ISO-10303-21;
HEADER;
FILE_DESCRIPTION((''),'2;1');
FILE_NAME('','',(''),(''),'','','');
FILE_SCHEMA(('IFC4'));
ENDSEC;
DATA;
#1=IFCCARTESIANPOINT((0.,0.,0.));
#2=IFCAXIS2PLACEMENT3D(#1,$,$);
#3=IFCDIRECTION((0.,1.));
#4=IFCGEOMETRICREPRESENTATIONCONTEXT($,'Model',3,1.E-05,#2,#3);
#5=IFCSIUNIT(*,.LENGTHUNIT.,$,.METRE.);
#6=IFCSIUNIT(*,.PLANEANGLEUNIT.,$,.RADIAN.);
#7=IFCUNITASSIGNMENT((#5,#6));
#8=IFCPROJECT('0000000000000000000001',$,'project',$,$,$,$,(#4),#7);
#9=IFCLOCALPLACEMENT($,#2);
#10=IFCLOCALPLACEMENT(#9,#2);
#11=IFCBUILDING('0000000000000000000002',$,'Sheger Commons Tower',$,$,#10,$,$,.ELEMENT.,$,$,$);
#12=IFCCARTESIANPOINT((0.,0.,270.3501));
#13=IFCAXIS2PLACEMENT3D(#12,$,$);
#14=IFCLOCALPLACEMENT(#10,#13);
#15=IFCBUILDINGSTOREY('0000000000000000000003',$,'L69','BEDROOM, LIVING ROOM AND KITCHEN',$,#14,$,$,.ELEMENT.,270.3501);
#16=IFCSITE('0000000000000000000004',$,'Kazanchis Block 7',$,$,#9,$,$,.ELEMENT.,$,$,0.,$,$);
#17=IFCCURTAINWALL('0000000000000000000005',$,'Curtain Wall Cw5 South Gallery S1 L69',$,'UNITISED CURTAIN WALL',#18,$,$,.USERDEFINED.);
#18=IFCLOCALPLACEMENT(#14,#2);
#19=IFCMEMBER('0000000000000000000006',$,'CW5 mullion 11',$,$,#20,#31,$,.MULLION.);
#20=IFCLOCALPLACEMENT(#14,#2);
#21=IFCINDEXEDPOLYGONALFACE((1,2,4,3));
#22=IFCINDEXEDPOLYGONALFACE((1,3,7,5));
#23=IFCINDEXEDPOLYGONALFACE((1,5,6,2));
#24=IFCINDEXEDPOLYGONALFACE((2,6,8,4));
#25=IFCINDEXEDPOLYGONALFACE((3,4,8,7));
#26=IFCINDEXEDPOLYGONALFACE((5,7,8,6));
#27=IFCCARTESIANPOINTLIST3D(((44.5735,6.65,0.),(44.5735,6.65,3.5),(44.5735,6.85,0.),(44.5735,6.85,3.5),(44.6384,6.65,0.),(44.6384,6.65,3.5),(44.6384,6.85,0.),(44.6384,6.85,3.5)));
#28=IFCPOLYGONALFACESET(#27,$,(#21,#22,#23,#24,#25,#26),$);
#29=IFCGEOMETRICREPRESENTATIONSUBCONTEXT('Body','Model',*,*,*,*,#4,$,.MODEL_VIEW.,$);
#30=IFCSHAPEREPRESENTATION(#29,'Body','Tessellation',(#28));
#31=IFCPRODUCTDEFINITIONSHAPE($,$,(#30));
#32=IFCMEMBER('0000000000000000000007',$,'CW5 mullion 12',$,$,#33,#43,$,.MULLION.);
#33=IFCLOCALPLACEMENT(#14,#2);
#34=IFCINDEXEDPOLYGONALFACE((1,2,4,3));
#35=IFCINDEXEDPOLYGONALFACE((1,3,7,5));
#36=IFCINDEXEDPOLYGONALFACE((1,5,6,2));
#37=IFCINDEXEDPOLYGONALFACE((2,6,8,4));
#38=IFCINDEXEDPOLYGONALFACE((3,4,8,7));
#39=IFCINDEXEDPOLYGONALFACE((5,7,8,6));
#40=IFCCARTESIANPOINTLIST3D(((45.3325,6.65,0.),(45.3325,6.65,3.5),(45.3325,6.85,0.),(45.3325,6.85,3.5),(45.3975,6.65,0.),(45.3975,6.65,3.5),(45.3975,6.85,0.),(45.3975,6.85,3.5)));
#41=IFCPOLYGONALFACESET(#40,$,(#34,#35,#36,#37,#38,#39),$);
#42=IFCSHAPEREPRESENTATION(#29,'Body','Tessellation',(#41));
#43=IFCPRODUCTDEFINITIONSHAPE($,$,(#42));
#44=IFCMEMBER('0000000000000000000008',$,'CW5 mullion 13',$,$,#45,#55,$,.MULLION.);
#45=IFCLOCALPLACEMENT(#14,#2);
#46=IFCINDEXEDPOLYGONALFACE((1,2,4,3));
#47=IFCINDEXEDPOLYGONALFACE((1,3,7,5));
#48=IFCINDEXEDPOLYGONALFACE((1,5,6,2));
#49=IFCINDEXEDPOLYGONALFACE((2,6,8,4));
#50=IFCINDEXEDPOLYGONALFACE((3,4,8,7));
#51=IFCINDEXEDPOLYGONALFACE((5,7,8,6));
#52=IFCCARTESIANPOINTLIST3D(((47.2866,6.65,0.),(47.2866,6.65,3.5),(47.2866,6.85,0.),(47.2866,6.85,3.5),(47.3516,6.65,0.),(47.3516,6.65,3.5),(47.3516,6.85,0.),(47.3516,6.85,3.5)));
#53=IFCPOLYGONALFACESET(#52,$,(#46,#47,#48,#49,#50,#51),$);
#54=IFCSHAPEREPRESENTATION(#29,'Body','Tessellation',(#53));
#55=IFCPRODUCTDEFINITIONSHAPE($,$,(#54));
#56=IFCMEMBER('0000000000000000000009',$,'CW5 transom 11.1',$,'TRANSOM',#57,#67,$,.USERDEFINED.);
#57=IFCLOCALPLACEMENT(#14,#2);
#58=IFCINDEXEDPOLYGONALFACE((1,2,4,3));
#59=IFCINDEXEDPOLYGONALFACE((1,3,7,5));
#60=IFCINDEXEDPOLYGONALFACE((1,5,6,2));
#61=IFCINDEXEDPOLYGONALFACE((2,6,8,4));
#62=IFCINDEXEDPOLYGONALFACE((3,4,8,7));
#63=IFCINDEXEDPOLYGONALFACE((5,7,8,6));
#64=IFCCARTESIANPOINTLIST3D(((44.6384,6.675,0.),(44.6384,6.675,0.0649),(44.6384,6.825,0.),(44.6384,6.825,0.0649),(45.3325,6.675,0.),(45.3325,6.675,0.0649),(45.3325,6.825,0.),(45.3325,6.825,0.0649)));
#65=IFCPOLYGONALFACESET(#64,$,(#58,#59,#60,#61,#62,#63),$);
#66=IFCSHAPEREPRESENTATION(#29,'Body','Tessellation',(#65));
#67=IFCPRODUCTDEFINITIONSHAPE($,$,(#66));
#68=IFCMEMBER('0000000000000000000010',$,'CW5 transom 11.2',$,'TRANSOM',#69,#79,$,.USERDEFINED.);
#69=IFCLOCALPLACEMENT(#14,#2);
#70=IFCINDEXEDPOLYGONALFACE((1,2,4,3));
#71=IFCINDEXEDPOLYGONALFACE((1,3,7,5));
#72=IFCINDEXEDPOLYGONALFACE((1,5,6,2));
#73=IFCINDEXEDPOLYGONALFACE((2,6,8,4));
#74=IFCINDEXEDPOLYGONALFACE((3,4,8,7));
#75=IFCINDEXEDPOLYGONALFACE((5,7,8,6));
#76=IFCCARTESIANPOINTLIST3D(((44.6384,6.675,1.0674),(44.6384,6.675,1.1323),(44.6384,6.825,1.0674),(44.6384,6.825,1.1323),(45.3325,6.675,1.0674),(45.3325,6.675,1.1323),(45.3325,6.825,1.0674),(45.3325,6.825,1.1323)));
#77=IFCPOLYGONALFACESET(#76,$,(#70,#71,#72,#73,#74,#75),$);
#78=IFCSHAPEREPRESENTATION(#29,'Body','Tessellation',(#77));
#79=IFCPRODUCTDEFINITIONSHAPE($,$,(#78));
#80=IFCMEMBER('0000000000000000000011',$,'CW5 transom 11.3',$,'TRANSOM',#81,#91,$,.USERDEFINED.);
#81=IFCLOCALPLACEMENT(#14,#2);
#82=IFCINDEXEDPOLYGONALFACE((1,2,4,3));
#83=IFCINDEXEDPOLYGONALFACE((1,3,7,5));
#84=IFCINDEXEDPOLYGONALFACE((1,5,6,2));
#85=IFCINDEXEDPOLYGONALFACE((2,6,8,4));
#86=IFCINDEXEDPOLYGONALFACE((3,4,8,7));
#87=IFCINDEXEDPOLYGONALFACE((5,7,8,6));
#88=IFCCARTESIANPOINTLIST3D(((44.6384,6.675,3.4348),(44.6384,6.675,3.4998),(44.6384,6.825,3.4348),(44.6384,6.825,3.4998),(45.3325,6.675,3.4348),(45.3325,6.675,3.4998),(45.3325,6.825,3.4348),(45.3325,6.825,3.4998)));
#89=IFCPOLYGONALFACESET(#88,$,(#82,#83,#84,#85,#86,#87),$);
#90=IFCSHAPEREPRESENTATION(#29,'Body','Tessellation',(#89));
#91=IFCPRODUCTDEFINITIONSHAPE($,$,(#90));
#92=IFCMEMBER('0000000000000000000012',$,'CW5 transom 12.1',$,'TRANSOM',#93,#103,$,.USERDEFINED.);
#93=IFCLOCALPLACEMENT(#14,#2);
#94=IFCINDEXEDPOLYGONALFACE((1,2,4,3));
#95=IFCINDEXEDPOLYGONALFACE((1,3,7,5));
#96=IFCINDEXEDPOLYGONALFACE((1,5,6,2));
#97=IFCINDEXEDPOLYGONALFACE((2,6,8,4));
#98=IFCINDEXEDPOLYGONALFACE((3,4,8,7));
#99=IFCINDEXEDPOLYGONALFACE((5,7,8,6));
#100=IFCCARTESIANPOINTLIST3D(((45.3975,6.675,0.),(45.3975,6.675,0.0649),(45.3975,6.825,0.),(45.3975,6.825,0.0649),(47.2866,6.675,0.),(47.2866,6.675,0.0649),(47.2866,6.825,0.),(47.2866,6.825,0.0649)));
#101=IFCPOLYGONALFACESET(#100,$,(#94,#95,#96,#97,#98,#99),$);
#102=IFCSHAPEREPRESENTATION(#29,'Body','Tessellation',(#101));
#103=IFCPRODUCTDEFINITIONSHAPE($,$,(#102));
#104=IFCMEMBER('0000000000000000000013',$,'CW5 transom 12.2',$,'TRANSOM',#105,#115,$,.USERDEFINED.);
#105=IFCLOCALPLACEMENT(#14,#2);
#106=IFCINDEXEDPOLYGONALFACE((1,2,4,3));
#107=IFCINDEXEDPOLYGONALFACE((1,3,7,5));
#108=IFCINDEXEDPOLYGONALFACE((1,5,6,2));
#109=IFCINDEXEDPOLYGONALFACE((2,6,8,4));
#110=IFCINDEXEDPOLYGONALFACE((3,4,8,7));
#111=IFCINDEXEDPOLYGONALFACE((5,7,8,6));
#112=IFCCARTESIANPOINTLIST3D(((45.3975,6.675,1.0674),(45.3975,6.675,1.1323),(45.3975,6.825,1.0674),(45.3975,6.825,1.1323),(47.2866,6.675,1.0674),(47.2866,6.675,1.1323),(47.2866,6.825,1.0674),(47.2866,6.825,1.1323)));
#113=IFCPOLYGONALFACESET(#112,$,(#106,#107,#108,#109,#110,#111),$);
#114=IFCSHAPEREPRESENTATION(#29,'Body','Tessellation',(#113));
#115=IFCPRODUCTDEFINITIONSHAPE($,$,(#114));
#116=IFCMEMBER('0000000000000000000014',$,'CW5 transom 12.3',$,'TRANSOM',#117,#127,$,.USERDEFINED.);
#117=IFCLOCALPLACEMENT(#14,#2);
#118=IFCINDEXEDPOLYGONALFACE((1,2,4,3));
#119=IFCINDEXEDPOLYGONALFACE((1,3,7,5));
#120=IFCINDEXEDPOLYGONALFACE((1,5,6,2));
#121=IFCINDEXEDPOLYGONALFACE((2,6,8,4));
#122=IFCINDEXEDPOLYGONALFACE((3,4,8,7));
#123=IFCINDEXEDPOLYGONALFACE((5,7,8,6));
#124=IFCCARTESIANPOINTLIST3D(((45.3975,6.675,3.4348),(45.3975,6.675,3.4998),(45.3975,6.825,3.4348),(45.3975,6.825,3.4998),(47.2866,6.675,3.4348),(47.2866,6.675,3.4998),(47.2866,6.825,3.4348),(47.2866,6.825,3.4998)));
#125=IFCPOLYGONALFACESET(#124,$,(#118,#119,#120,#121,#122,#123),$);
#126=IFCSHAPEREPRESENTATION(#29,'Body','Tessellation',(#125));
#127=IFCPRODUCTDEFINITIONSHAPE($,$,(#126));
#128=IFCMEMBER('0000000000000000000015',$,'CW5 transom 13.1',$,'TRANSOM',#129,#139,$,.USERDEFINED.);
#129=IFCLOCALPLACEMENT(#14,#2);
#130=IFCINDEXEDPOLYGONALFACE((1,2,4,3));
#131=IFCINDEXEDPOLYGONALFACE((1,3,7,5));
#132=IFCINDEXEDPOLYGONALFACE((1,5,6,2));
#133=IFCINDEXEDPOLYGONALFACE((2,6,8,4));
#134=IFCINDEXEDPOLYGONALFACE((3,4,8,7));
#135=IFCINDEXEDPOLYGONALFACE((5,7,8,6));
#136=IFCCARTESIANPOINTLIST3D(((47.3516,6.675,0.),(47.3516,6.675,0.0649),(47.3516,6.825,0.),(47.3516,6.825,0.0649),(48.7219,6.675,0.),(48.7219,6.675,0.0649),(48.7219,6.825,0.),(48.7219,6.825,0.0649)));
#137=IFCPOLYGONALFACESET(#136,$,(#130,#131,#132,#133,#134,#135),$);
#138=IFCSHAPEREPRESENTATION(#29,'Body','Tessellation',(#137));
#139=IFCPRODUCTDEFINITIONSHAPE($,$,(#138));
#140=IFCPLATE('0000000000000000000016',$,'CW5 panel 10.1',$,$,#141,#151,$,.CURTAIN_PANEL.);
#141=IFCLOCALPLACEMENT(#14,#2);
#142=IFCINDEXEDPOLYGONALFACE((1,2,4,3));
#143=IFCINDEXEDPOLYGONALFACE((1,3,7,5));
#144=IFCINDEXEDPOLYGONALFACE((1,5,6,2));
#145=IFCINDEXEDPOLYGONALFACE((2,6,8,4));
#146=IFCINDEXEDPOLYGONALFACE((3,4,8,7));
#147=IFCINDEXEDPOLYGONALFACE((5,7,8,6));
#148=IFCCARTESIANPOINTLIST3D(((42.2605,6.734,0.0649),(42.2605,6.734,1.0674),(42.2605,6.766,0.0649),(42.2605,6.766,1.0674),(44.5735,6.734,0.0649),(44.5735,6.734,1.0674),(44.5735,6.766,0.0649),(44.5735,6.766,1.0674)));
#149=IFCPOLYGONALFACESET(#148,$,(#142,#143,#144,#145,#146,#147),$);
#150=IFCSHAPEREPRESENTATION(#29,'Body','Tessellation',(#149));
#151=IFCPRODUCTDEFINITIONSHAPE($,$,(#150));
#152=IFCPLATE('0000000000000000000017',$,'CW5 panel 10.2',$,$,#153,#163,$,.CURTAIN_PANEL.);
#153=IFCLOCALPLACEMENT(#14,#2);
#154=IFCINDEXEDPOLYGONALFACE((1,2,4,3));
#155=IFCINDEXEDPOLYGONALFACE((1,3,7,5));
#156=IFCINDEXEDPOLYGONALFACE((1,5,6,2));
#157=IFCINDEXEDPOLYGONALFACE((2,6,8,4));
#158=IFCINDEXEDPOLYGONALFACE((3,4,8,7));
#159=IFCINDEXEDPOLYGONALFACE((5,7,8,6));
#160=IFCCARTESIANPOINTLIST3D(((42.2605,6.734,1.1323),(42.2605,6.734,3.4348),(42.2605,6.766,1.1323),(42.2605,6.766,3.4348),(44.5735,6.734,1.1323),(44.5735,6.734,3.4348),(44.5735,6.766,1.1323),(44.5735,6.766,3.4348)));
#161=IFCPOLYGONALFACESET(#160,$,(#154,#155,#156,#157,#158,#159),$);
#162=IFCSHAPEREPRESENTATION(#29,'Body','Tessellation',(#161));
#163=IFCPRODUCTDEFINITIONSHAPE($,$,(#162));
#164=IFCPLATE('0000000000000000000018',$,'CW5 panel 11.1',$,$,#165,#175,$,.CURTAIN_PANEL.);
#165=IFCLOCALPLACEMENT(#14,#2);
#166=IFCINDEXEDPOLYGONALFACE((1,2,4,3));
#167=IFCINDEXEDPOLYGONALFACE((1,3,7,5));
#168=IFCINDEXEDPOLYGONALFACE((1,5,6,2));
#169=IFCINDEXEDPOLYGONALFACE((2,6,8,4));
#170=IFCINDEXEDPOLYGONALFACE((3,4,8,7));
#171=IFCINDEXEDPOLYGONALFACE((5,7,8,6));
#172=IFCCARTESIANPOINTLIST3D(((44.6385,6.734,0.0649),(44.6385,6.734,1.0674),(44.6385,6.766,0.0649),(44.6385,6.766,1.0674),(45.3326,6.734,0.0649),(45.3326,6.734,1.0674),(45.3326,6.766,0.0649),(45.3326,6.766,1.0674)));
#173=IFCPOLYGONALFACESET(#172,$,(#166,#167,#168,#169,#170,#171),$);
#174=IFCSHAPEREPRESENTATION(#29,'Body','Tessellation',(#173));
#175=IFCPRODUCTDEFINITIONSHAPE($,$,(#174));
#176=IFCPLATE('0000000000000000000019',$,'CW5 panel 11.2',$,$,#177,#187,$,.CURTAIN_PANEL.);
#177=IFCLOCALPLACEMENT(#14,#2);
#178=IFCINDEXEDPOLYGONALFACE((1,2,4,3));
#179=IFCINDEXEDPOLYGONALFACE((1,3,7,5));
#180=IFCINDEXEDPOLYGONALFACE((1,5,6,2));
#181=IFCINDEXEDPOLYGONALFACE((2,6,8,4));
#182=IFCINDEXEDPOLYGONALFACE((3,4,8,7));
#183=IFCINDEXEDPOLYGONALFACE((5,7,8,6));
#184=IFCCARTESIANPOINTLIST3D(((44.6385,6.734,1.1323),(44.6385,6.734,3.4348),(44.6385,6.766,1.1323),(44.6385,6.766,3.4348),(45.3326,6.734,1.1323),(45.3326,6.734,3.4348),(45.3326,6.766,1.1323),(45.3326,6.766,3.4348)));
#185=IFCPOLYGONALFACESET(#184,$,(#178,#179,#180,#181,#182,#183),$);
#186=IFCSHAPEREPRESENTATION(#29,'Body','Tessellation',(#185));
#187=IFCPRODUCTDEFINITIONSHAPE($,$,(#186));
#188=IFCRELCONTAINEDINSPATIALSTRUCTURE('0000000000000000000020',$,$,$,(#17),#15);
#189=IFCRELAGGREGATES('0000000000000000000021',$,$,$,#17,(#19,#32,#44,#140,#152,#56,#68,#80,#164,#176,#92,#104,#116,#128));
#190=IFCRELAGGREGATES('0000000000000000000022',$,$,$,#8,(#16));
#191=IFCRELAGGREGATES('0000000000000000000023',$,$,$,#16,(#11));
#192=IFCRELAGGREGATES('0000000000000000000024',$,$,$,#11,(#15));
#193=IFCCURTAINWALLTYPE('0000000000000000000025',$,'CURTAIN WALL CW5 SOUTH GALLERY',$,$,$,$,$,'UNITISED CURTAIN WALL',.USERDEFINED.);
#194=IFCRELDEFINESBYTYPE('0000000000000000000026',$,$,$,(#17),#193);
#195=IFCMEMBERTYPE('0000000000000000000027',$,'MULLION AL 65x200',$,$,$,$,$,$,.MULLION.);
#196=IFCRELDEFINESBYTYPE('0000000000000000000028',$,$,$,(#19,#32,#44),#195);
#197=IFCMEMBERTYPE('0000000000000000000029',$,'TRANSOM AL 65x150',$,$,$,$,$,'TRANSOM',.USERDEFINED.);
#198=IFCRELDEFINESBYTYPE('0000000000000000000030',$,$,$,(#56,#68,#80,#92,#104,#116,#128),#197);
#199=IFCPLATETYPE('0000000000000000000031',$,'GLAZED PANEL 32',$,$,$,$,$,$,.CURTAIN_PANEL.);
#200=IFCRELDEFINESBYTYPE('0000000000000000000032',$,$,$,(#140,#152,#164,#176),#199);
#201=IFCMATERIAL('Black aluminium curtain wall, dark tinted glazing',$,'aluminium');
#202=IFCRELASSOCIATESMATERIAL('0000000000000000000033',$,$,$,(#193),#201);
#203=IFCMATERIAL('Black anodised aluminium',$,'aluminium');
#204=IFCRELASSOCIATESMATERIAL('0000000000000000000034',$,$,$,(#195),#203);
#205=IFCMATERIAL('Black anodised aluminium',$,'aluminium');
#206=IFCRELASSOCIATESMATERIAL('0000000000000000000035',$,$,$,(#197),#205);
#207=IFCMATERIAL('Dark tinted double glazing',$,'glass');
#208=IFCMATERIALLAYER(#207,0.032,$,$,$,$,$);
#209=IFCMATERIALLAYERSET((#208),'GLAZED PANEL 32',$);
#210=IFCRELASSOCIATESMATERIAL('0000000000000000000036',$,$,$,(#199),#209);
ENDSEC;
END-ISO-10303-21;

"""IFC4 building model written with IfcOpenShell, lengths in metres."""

from ifc_helpers import new_model, si_unit, direction, frame, origin, origin_2d, place, context, subcontext, project, spatial, rectangle, extrude, material, layer, layer_set, material_profile, profile_set, type_object, element, aggregate, save


model = new_model("IFC4")

# Units and contexts
model_context = context("Model", 3, precision=1e-05, world=origin(), true_north=direction((0.0, 1.0)))
body_context = subcontext(model_context, "Body", "Model", "MODEL_VIEW")
ifc_project = project(units=[si_unit("LENGTHUNIT", "METRE"), si_unit("PLANEANGLEUNIT", "RADIAN")], contexts=[model_context])

# Site, building, storey
site_placement = place(None, origin())
site = spatial("IfcSite", under=ifc_project, at=site_placement, Name="Kazanchis Block 7", CompositionType="ELEMENT", RefElevation=0.0)
building_placement = place(site_placement, origin())
building = spatial("IfcBuilding", under=site, at=building_placement, Name="Sheger Commons Tower", CompositionType="ELEMENT")
storey_placement = place(building_placement, frame((0.0, 0.0, 270.3501)))
storey = spatial("IfcBuildingStorey", under=building, at=storey_placement, Name="L69", Description="BEDROOM, LIVING ROOM AND KITCHEN", CompositionType="ELEMENT", Elevation=270.3501)

# Curtain wall, members, plates
ifc_material_1 = material(Name="Black aluminium curtain wall, dark tinted glazing", Category="aluminium")
curtain_wall_type = type_object("IfcCurtainWallType", Name="CURTAIN WALL CW5 SOUTH GALLERY", ElementType="UNITISED CURTAIN WALL", PredefinedType="USERDEFINED", material=ifc_material_1)
curtain_wall_placement = place(storey_placement, origin())
curtain_wall = element("IfcCurtainWall", 1, at=curtain_wall_placement, inside=storey, type_object=curtain_wall_type, Name="Curtain Wall Cw5 South Gallery S1 L69", ObjectType="UNITISED CURTAIN WALL", PredefinedType="USERDEFINED")
ifc_material_2 = material(Name="Black anodised aluminium", Category="aluminium")
ifc_material_profile_1 = material_profile(ifc_material_2, rectangle(XDim=0.2, YDim=0.0649, at=origin_2d()), Name="AL 65x200")
ifc_profile_set_1 = profile_set([ifc_material_profile_1], Name="Black anodised aluminium")
member_type_1 = type_object("IfcMemberType", Name="MULLION AL 65x200", PredefinedType="MULLION", material=ifc_profile_set_1)
member_1_placement = place(storey_placement, frame((44.606, 6.75, 0.0), z_axis=(0.0, 0.0, 1.0), x_axis=(0.0, 1.0, 0.0)))
member_1 = element("IfcMember", 2, at=member_1_placement, type_object=member_type_1, Name="CW5 mullion 11", PredefinedType="MULLION", context=body_context, shape_type="SweptSolid", body=[
    extrude(rectangle(XDim=0.2, YDim=0.0649, at=origin_2d()), origin(), (0.0, 0.0, 1.0), 3.5),
])
member_2_placement = place(storey_placement, frame((45.365, 6.75, 0.0), z_axis=(0.0, 0.0, 1.0), x_axis=(0.0, 1.0, 0.0)))
member_2 = element("IfcMember", 3, at=member_2_placement, type_object=member_type_1, Name="CW5 mullion 12", PredefinedType="MULLION", context=body_context, shape_type="SweptSolid", body=[
    extrude(rectangle(XDim=0.2, YDim=0.0649, at=origin_2d()), origin(), (0.0, 0.0, 1.0), 3.5),
])
member_3_placement = place(storey_placement, frame((47.3191, 6.75, 0.0), z_axis=(0.0, 0.0, 1.0), x_axis=(0.0, 1.0, 0.0)))
member_3 = element("IfcMember", 4, at=member_3_placement, type_object=member_type_1, Name="CW5 mullion 13", PredefinedType="MULLION", context=body_context, shape_type="SweptSolid", body=[
    extrude(rectangle(XDim=0.2, YDim=0.0649, at=origin_2d()), origin(), (0.0, 0.0, 1.0), 3.5),
])
ifc_material_3 = material(Name="Black anodised aluminium", Category="aluminium")
ifc_material_profile_2 = material_profile(ifc_material_3, rectangle(XDim=0.1499, YDim=0.0649, at=origin_2d()), Name="AL 65x150")
ifc_profile_set_2 = profile_set([ifc_material_profile_2], Name="Black anodised aluminium")
member_type_2 = type_object("IfcMemberType", Name="TRANSOM AL 65x150", ElementType="TRANSOM", PredefinedType="USERDEFINED", material=ifc_profile_set_2)
member_4_placement = place(storey_placement, frame((44.6384, 6.75, 0.0325), z_axis=(1.0, 0.0, 0.0), x_axis=(0.0, 1.0, 0.0)))
member_4 = element("IfcMember", 5, at=member_4_placement, type_object=member_type_2, Name="CW5 transom 11.1", ObjectType="TRANSOM", PredefinedType="USERDEFINED", context=body_context, shape_type="SweptSolid", body=[
    extrude(rectangle(XDim=0.1499, YDim=0.0649, at=origin_2d()), origin(), (0.0, 0.0, 1.0), 0.6941),
])
member_5_placement = place(storey_placement, frame((44.6384, 6.75, 1.0999), z_axis=(1.0, 0.0, 0.0), x_axis=(0.0, 1.0, 0.0)))
member_5 = element("IfcMember", 6, at=member_5_placement, type_object=member_type_2, Name="CW5 transom 11.2", ObjectType="TRANSOM", PredefinedType="USERDEFINED", context=body_context, shape_type="SweptSolid", body=[
    extrude(rectangle(XDim=0.1499, YDim=0.0649, at=origin_2d()), origin(), (0.0, 0.0, 1.0), 0.6941),
])
member_6_placement = place(storey_placement, frame((44.6384, 6.75, 3.4673), z_axis=(1.0, 0.0, 0.0), x_axis=(0.0, 1.0, 0.0)))
member_6 = element("IfcMember", 7, at=member_6_placement, type_object=member_type_2, Name="CW5 transom 11.3", ObjectType="TRANSOM", PredefinedType="USERDEFINED", context=body_context, shape_type="SweptSolid", body=[
    extrude(rectangle(XDim=0.1499, YDim=0.0649, at=origin_2d()), origin(), (0.0, 0.0, 1.0), 0.6941),
])
member_7_placement = place(storey_placement, frame((45.3975, 6.75, 0.0325), z_axis=(1.0, 0.0, 0.0), x_axis=(0.0, 1.0, 0.0)))
member_7 = element("IfcMember", 8, at=member_7_placement, type_object=member_type_2, Name="CW5 transom 12.1", ObjectType="TRANSOM", PredefinedType="USERDEFINED", context=body_context, shape_type="SweptSolid", body=[
    extrude(rectangle(XDim=0.1499, YDim=0.0649, at=origin_2d()), origin(), (0.0, 0.0, 1.0), 1.8892),
])
member_8_placement = place(storey_placement, frame((45.3975, 6.75, 1.0999), z_axis=(1.0, 0.0, 0.0), x_axis=(0.0, 1.0, 0.0)))
member_8 = element("IfcMember", 9, at=member_8_placement, type_object=member_type_2, Name="CW5 transom 12.2", ObjectType="TRANSOM", PredefinedType="USERDEFINED", context=body_context, shape_type="SweptSolid", body=[
    extrude(rectangle(XDim=0.1499, YDim=0.0649, at=origin_2d()), origin(), (0.0, 0.0, 1.0), 1.8892),
])
member_9_placement = place(storey_placement, frame((45.3975, 6.75, 3.4673), z_axis=(1.0, 0.0, 0.0), x_axis=(0.0, 1.0, 0.0)))
member_9 = element("IfcMember", 10, at=member_9_placement, type_object=member_type_2, Name="CW5 transom 12.3", ObjectType="TRANSOM", PredefinedType="USERDEFINED", context=body_context, shape_type="SweptSolid", body=[
    extrude(rectangle(XDim=0.1499, YDim=0.0649, at=origin_2d()), origin(), (0.0, 0.0, 1.0), 1.8892),
])
member_10_placement = place(storey_placement, frame((47.3516, 6.75, 0.0325), z_axis=(1.0, 0.0, 0.0), x_axis=(0.0, 1.0, 0.0)))
member_10 = element("IfcMember", 11, at=member_10_placement, type_object=member_type_2, Name="CW5 transom 13.1", ObjectType="TRANSOM", PredefinedType="USERDEFINED", context=body_context, shape_type="SweptSolid", body=[
    extrude(rectangle(XDim=0.1499, YDim=0.0649, at=origin_2d()), origin(), (0.0, 0.0, 1.0), 1.3704),
])
ifc_material_4 = material(Name="Dark tinted double glazing", Category="glass")
ifc_layer_1 = layer(ifc_material_4, 0.032)
ifc_layer_set_1 = layer_set([ifc_layer_1], Name="GLAZED PANEL 32")
plate_type_1 = type_object("IfcPlateType", Name="GLAZED PANEL 32", PredefinedType="CURTAIN_PANEL", material=ifc_layer_set_1)
plate_1_placement = place(storey_placement, frame((43.417, 6.75, 0.0649), z_axis=(0.0, 0.0, 1.0), x_axis=(1.0, 0.0, 0.0)))
plate_1 = element("IfcPlate", 12, at=plate_1_placement, type_object=plate_type_1, Name="CW5 panel 10.1", PredefinedType="CURTAIN_PANEL", context=body_context, shape_type="SweptSolid", body=[
    extrude(rectangle(XDim=2.313, YDim=0.032, at=origin_2d()), origin(), (0.0, 0.0, 1.0), 1.0024),
])
plate_2_placement = place(storey_placement, frame((43.417, 6.75, 1.1323), z_axis=(0.0, 0.0, 1.0), x_axis=(1.0, 0.0, 0.0)))
plate_2 = element("IfcPlate", 13, at=plate_2_placement, type_object=plate_type_1, Name="CW5 panel 10.2", PredefinedType="CURTAIN_PANEL", context=body_context, shape_type="SweptSolid", body=[
    extrude(rectangle(XDim=2.313, YDim=0.032, at=origin_2d()), origin(), (0.0, 0.0, 1.0), 2.3025),
])
plate_3_placement = place(storey_placement, frame((44.9856, 6.75, 0.0649), z_axis=(0.0, 0.0, 1.0), x_axis=(1.0, 0.0, 0.0)))
plate_3 = element("IfcPlate", 14, at=plate_3_placement, type_object=plate_type_1, Name="CW5 panel 11.1", PredefinedType="CURTAIN_PANEL", context=body_context, shape_type="SweptSolid", body=[
    extrude(rectangle(XDim=0.6941, YDim=0.032, at=origin_2d()), origin(), (0.0, 0.0, 1.0), 1.0024),
])
plate_4_placement = place(storey_placement, frame((44.9856, 6.75, 1.1323), z_axis=(0.0, 0.0, 1.0), x_axis=(1.0, 0.0, 0.0)))
plate_4 = element("IfcPlate", 15, at=plate_4_placement, type_object=plate_type_1, Name="CW5 panel 11.2", PredefinedType="CURTAIN_PANEL", context=body_context, shape_type="SweptSolid", body=[
    extrude(rectangle(XDim=0.6941, YDim=0.032, at=origin_2d()), origin(), (0.0, 0.0, 1.0), 2.3025),
])
aggregate(curtain_wall, [member_1, member_2, member_3, plate_1, plate_2, member_4, member_5, member_6, plate_3, plate_4, member_7, member_8, member_9, member_10])

save(model, "model.ifc")
